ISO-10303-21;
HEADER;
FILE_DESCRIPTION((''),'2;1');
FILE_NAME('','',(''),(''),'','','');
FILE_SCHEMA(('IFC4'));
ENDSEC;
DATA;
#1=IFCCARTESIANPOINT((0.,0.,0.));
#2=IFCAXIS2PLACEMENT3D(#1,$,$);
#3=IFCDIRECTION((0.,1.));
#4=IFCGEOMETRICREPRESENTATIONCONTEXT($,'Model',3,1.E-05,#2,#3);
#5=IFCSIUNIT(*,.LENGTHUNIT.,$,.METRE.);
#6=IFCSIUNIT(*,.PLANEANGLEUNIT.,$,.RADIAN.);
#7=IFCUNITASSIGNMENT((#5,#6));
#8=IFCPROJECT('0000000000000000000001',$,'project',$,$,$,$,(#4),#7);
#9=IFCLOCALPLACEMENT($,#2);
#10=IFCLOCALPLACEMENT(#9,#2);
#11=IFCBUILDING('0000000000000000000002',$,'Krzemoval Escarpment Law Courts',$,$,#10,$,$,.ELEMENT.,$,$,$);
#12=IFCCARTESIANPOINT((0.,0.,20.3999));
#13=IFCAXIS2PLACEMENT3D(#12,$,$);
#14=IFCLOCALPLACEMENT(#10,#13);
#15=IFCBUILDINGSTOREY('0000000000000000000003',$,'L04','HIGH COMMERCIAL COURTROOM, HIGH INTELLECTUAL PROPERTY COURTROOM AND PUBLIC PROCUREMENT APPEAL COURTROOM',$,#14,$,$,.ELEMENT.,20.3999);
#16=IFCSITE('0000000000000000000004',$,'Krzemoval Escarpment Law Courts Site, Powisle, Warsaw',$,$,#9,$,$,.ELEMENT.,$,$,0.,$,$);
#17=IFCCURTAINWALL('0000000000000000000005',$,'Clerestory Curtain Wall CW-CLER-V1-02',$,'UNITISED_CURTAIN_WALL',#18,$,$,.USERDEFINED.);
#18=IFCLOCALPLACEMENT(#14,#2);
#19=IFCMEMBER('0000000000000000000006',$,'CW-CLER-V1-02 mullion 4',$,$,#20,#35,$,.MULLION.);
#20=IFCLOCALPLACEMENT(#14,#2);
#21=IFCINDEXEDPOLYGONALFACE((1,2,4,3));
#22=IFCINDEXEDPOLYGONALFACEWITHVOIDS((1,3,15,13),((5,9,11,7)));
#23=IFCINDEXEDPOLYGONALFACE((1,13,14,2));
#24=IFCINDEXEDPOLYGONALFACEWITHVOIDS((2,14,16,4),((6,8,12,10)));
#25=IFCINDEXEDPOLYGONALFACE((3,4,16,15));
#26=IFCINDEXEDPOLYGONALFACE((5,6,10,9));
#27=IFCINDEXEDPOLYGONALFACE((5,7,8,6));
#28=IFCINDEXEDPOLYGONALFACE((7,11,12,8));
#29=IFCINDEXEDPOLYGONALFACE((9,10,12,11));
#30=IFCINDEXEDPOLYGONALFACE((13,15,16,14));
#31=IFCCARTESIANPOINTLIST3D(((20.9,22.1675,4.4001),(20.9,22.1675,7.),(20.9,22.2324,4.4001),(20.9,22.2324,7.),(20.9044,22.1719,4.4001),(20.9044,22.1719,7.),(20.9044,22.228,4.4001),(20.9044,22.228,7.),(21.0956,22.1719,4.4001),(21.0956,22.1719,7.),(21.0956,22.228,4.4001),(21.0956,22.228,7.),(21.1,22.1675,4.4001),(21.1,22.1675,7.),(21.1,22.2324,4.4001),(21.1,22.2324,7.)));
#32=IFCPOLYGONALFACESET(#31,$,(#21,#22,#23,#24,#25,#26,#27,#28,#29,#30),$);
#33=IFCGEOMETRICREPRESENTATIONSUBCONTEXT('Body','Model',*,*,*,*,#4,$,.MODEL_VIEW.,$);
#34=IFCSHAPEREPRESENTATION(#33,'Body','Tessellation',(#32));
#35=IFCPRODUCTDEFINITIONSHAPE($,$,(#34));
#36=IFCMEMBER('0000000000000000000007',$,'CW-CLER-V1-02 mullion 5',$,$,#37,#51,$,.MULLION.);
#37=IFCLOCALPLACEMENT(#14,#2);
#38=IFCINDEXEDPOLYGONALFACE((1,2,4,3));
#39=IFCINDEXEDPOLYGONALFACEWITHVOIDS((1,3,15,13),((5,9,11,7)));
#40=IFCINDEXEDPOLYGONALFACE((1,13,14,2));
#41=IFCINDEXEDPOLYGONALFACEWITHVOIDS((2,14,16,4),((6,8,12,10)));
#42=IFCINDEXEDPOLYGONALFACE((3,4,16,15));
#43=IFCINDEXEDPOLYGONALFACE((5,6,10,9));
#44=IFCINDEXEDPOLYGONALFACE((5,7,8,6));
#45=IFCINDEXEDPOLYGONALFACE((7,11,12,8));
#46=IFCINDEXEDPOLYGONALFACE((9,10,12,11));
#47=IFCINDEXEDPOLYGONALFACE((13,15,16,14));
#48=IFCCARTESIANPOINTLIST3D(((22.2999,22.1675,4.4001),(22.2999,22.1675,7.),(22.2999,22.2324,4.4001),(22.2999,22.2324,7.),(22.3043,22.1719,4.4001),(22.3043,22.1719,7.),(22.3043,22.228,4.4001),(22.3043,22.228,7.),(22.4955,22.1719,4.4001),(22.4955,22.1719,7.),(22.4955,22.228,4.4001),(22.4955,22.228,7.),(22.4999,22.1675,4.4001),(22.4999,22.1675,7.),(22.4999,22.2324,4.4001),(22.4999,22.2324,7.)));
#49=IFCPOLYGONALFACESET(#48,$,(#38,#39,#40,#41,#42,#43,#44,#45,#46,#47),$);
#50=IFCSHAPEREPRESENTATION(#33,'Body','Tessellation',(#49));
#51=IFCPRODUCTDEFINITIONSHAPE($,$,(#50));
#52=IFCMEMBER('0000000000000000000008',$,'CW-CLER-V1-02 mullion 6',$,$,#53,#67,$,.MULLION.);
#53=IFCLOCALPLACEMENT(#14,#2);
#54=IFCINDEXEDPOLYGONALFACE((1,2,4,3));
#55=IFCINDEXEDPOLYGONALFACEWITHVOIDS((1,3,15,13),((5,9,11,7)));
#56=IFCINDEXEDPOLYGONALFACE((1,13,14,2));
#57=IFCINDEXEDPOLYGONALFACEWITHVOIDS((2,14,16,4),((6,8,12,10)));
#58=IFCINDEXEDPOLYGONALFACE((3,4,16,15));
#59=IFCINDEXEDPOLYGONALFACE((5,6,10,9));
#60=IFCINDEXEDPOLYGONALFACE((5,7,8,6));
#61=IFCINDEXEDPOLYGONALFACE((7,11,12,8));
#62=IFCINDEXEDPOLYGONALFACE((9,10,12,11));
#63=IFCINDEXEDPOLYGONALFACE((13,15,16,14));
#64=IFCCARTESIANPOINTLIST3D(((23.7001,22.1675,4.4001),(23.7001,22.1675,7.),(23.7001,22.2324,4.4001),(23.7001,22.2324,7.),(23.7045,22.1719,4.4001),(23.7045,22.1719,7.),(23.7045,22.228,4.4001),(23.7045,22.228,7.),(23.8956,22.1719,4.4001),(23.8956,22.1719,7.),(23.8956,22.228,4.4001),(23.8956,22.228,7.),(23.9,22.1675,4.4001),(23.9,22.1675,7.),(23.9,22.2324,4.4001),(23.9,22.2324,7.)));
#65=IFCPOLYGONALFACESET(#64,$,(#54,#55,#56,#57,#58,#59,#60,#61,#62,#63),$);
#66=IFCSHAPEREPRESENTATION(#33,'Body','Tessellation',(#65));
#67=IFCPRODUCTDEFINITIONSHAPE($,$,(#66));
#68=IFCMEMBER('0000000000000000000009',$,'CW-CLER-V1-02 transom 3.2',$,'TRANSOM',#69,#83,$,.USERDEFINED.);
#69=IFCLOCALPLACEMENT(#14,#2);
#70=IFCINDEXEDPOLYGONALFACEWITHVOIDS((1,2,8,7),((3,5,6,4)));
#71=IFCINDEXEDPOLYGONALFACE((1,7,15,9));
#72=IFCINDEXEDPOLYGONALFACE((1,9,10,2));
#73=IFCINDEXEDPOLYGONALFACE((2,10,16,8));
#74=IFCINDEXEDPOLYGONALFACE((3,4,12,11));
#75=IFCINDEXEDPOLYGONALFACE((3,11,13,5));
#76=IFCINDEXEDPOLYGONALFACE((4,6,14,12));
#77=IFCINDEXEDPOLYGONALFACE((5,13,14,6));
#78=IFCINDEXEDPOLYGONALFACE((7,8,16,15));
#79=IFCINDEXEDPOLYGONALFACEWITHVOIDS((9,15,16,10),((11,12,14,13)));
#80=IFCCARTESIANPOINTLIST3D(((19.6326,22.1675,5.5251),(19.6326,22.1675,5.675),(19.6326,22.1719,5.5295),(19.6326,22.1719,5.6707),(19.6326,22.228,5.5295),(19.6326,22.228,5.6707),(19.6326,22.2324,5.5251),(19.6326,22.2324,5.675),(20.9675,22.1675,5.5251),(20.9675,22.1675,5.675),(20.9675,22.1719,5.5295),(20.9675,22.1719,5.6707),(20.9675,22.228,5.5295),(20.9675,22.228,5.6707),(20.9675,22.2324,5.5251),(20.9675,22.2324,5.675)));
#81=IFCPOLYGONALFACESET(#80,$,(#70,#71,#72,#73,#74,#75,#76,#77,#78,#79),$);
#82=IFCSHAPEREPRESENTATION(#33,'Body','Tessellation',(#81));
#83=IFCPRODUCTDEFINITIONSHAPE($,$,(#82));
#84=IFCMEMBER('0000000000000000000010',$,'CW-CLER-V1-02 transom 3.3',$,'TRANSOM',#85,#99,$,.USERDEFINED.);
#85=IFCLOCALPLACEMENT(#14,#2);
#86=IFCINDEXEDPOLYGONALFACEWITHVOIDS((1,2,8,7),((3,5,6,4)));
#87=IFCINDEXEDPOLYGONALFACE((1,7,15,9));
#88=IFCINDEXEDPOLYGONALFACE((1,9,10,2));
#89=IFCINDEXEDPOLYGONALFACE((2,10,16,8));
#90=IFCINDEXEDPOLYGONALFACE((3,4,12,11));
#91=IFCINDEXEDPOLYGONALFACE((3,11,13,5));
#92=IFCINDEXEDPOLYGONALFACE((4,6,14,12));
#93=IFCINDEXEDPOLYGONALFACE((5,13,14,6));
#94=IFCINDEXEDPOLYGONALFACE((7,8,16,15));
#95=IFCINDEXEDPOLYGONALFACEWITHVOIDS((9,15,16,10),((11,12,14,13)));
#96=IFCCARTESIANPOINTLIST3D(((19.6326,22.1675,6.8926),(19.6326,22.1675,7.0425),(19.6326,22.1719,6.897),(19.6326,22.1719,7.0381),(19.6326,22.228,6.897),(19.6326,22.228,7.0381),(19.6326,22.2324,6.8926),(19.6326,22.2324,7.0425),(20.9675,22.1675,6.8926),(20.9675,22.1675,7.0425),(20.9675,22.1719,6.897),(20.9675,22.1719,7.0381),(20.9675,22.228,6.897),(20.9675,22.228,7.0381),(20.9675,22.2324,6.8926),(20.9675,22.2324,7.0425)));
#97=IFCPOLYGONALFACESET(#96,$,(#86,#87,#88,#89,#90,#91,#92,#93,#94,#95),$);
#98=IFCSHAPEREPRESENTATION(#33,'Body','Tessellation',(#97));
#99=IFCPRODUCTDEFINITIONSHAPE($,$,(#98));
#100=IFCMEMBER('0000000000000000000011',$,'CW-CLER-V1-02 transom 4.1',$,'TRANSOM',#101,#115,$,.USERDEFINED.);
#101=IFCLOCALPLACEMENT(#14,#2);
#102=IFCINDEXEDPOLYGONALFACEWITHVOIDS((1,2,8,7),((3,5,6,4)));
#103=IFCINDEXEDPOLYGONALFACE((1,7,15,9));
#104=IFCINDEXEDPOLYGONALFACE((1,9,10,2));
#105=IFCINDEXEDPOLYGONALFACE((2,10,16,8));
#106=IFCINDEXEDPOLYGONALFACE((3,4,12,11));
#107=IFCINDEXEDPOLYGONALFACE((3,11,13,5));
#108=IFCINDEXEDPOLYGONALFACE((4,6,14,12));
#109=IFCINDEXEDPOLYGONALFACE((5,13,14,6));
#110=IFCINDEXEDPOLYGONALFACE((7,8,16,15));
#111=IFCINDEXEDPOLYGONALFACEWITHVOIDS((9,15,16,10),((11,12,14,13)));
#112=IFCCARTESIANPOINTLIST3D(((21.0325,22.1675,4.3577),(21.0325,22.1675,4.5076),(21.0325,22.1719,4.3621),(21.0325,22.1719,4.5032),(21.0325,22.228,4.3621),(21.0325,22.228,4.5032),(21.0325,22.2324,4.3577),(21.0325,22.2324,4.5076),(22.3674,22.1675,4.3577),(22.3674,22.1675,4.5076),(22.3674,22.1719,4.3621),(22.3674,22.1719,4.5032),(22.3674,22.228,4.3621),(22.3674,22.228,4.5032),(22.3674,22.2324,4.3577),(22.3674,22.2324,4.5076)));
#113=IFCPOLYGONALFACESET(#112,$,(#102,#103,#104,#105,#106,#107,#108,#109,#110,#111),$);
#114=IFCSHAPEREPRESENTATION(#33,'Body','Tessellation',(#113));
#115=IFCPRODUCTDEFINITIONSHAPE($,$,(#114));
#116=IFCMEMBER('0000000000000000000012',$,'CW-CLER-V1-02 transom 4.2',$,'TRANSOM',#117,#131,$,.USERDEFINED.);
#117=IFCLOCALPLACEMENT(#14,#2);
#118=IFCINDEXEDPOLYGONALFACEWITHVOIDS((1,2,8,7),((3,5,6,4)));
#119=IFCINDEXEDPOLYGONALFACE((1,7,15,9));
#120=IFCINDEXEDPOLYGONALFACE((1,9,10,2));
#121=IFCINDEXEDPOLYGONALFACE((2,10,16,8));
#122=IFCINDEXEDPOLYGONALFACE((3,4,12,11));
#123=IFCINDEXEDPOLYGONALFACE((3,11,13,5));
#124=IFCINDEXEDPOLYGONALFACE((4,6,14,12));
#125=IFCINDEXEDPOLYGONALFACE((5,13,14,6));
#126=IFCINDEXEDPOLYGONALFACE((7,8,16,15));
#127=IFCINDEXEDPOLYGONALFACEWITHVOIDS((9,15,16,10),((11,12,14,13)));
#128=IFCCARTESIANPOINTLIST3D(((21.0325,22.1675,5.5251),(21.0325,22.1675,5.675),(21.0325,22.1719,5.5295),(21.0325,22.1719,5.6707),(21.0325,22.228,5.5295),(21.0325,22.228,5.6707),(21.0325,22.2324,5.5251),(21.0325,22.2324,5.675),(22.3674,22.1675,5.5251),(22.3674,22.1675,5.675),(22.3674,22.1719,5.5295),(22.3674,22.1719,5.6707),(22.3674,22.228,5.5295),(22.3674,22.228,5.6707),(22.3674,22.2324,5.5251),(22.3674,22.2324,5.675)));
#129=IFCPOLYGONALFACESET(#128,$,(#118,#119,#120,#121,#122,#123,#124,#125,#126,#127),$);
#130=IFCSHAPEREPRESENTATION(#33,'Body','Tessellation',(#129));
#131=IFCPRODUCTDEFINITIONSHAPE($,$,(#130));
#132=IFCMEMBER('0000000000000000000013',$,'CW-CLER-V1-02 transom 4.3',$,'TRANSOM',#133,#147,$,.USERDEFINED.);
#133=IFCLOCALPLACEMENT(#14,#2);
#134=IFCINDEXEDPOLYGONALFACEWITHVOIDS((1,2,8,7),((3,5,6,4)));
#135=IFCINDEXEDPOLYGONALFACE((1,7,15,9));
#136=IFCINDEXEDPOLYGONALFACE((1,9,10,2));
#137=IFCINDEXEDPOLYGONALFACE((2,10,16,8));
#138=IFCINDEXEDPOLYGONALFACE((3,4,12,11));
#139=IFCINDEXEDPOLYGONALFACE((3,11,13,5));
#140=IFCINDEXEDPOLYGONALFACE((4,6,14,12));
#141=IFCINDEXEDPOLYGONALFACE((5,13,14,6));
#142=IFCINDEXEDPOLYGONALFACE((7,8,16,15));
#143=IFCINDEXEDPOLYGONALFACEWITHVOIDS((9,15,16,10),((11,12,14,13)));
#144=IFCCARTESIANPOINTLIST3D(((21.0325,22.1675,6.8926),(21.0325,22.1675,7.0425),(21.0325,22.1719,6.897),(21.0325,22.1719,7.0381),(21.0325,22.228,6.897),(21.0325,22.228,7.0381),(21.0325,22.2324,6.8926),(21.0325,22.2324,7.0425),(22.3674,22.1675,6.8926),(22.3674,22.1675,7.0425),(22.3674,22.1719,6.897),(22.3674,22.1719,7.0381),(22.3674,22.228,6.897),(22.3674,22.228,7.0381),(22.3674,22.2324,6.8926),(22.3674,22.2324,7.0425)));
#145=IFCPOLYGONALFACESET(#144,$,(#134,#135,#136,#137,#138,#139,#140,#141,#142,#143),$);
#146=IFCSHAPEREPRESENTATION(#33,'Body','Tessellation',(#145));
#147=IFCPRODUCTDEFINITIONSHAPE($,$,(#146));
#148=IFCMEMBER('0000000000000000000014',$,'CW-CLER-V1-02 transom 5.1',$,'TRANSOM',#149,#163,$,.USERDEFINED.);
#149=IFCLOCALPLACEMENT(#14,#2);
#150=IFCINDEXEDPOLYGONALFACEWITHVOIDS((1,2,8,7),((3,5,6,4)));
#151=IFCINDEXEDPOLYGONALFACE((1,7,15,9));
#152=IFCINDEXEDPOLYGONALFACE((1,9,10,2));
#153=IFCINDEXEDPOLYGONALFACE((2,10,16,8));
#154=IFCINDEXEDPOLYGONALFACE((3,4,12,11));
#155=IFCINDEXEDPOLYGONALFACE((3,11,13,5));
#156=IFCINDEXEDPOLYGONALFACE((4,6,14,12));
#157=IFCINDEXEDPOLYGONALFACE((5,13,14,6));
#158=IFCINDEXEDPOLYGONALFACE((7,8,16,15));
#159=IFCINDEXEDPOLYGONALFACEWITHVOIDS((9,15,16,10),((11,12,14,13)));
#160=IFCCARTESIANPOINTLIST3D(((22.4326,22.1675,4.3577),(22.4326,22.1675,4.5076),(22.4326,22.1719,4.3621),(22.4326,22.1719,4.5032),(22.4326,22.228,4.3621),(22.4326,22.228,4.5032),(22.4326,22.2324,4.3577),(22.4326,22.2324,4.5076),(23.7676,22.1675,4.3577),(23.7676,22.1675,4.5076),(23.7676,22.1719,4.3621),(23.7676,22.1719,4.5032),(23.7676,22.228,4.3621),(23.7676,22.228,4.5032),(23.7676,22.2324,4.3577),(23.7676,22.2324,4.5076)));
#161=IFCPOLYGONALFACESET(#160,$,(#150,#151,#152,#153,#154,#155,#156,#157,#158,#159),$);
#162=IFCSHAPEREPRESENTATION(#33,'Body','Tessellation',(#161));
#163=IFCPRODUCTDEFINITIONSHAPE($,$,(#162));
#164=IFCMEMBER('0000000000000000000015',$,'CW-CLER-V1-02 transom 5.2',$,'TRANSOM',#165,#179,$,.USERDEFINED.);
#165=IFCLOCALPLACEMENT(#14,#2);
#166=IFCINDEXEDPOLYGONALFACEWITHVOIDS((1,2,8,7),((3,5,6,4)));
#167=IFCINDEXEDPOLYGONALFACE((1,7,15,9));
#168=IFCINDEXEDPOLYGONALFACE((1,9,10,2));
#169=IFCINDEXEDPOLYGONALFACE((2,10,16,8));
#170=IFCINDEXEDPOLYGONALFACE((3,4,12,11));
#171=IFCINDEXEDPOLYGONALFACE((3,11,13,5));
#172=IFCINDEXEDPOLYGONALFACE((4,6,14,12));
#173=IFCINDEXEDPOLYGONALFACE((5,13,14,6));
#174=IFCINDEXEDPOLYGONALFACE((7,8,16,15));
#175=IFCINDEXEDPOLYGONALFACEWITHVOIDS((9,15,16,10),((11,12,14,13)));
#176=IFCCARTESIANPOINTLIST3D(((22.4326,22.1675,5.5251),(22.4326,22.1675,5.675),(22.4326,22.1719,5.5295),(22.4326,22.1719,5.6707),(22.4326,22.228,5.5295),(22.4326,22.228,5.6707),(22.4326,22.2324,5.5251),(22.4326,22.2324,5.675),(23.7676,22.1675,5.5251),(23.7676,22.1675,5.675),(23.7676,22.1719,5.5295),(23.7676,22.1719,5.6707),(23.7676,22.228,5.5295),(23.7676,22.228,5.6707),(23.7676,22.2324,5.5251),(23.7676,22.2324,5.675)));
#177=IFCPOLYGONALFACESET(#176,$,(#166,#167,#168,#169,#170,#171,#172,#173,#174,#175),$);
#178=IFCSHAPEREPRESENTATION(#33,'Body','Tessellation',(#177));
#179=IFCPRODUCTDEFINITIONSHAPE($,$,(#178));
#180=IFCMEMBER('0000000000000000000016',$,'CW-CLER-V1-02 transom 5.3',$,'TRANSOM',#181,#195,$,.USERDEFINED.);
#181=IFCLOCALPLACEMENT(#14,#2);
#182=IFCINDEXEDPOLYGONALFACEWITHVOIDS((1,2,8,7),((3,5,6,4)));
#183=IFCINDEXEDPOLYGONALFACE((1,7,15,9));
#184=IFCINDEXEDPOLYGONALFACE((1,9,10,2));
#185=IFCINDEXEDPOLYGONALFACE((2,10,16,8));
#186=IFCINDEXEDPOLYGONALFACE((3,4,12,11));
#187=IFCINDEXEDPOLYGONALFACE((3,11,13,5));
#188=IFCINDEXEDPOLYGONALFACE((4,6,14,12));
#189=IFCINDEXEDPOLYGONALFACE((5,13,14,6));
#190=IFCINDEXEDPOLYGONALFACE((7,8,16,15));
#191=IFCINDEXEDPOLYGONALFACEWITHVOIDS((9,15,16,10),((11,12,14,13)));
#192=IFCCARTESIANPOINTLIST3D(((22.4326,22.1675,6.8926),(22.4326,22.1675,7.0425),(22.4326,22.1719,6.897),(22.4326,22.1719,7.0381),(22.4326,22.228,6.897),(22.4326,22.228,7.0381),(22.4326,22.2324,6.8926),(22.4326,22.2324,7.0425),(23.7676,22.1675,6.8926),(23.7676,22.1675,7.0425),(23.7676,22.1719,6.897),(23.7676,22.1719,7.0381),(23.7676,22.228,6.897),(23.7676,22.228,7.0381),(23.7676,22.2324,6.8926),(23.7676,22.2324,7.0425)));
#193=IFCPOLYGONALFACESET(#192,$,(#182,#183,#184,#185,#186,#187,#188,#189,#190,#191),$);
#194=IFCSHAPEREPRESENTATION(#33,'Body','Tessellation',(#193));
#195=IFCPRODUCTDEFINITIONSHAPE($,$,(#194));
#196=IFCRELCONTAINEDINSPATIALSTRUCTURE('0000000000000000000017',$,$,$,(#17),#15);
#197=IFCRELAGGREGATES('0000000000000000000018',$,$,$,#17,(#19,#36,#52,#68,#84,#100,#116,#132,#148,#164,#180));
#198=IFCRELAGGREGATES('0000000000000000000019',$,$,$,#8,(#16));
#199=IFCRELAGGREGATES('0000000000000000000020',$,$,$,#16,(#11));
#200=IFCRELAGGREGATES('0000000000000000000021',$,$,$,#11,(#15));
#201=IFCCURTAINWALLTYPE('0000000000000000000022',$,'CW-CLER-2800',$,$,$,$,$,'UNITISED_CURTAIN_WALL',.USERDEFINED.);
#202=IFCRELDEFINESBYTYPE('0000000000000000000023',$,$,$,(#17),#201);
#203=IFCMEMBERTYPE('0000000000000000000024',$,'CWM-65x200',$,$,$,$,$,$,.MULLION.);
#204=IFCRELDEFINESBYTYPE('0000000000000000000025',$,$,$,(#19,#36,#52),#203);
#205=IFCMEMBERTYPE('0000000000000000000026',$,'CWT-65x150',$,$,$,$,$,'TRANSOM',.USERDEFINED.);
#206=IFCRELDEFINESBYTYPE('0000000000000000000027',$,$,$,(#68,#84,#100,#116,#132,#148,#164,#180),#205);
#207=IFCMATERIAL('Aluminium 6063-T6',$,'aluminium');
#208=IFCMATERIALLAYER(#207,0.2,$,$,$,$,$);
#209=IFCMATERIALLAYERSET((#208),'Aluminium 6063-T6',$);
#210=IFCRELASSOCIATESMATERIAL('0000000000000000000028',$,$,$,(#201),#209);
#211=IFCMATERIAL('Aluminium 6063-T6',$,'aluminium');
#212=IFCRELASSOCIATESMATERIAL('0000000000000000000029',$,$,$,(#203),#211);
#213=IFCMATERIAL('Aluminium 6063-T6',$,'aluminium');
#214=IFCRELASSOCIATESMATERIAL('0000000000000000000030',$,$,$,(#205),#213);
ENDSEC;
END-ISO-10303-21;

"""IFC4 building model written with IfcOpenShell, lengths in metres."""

from ifc_helpers import new_model, si_unit, direction, frame, origin, origin_2d, place, context, subcontext, project, spatial, hollow_rectangle, extrude, material, layer, layer_set, material_profile, profile_set, type_object, element, aggregate, save


model = new_model("IFC4")

# Units and contexts
model_context = context("Model", 3, precision=1e-05, world=origin(), true_north=direction((0.0, 1.0)))
body_context = subcontext(model_context, "Body", "Model", "MODEL_VIEW")
ifc_project = project(units=[si_unit("LENGTHUNIT", "METRE"), si_unit("PLANEANGLEUNIT", "RADIAN")], contexts=[model_context])

# Site, building, storey
site_placement = place(None, origin())
site = spatial("IfcSite", under=ifc_project, at=site_placement, Name="Krzemoval Escarpment Law Courts Site, Powisle, Warsaw", CompositionType="ELEMENT", RefElevation=0.0)
building_placement = place(site_placement, origin())
building = spatial("IfcBuilding", under=site, at=building_placement, Name="Krzemoval Escarpment Law Courts", CompositionType="ELEMENT")
storey_placement = place(building_placement, frame((0.0, 0.0, 20.3999)))
storey = spatial("IfcBuildingStorey", under=building, at=storey_placement, Name="L04", Description="HIGH COMMERCIAL COURTROOM, HIGH INTELLECTUAL PROPERTY COURTROOM AND PUBLIC PROCUREMENT APPEAL COURTROOM", CompositionType="ELEMENT", Elevation=20.3999)

# Curtain wall, members
ifc_material_1 = material(Name="Aluminium 6063-T6", Category="aluminium")
ifc_layer_1 = layer(ifc_material_1, 0.2)
ifc_layer_set_1 = layer_set([ifc_layer_1], Name="Aluminium 6063-T6")
curtain_wall_type = type_object("IfcCurtainWallType", Name="CW-CLER-2800", ElementType="UNITISED_CURTAIN_WALL", PredefinedType="USERDEFINED", material=ifc_layer_set_1)
curtain_wall_placement = place(storey_placement, origin())
curtain_wall = element("IfcCurtainWall", 1, at=curtain_wall_placement, inside=storey, type_object=curtain_wall_type, Name="Clerestory Curtain Wall CW-CLER-V1-02", ObjectType="UNITISED_CURTAIN_WALL", PredefinedType="USERDEFINED")
ifc_material_2 = material(Name="Aluminium 6063-T6", Category="aluminium")
ifc_material_profile_1 = material_profile(ifc_material_2, hollow_rectangle(XDim=0.0649, YDim=0.2, WallThickness=0.0044, at=origin_2d()), Name="ALU M65x200")
ifc_profile_set_1 = profile_set([ifc_material_profile_1], Name="Aluminium 6063-T6")
member_type_1 = type_object("IfcMemberType", Name="CWM-65x200", PredefinedType="MULLION", material=ifc_profile_set_1)
member_1_placement = place(storey_placement, frame((21.0, 22.2, 4.4001), z_axis=(0.0, 0.0, 1.0), x_axis=(0.0, 1.0, 0.0)))
member_1 = element("IfcMember", 2, at=member_1_placement, type_object=member_type_1, Name="CW-CLER-V1-02 mullion 4", PredefinedType="MULLION", context=body_context, shape_type="SweptSolid", body=[
    extrude(hollow_rectangle(XDim=0.0649, YDim=0.2, WallThickness=0.0044, at=origin_2d()), origin(), (0.0, 0.0, 1.0), 2.5999),
])
member_2_placement = place(storey_placement, frame((22.3999, 22.2, 4.4001), z_axis=(0.0, 0.0, 1.0), x_axis=(0.0, 1.0, 0.0)))
member_2 = element("IfcMember", 3, at=member_2_placement, type_object=member_type_1, Name="CW-CLER-V1-02 mullion 5", PredefinedType="MULLION", context=body_context, shape_type="SweptSolid", body=[
    extrude(hollow_rectangle(XDim=0.0649, YDim=0.2, WallThickness=0.0044, at=origin_2d()), origin(), (0.0, 0.0, 1.0), 2.5999),
])
member_3_placement = place(storey_placement, frame((23.8, 22.2, 4.4001), z_axis=(0.0, 0.0, 1.0), x_axis=(0.0, 1.0, 0.0)))
member_3 = element("IfcMember", 4, at=member_3_placement, type_object=member_type_1, Name="CW-CLER-V1-02 mullion 6", PredefinedType="MULLION", context=body_context, shape_type="SweptSolid", body=[
    extrude(hollow_rectangle(XDim=0.0649, YDim=0.2, WallThickness=0.0044, at=origin_2d()), origin(), (0.0, 0.0, 1.0), 2.5999),
])
ifc_material_3 = material(Name="Aluminium 6063-T6", Category="aluminium")
ifc_material_profile_2 = material_profile(ifc_material_3, hollow_rectangle(XDim=0.0649, YDim=0.1499, WallThickness=0.0044, at=origin_2d()), Name="ALU T65x150")
ifc_profile_set_2 = profile_set([ifc_material_profile_2], Name="Aluminium 6063-T6")
member_type_2 = type_object("IfcMemberType", Name="CWT-65x150", ElementType="TRANSOM", PredefinedType="USERDEFINED", material=ifc_profile_set_2)
member_4_placement = place(storey_placement, frame((19.6326, 22.2, 5.6001), z_axis=(1.0, 0.0, 0.0), x_axis=(0.0, 1.0, 0.0)))
member_4 = element("IfcMember", 5, at=member_4_placement, type_object=member_type_2, Name="CW-CLER-V1-02 transom 3.2", ObjectType="TRANSOM", PredefinedType="USERDEFINED", context=body_context, shape_type="SweptSolid", body=[
    extrude(hollow_rectangle(XDim=0.0649, YDim=0.1499, WallThickness=0.0044, at=origin_2d()), origin(), (0.0, 0.0, 1.0), 1.335),
])
member_5_placement = place(storey_placement, frame((19.6326, 22.2, 6.9675), z_axis=(1.0, 0.0, 0.0), x_axis=(0.0, 1.0, 0.0)))
member_5 = element("IfcMember", 6, at=member_5_placement, type_object=member_type_2, Name="CW-CLER-V1-02 transom 3.3", ObjectType="TRANSOM", PredefinedType="USERDEFINED", context=body_context, shape_type="SweptSolid", body=[
    extrude(hollow_rectangle(XDim=0.0649, YDim=0.1499, WallThickness=0.0044, at=origin_2d()), origin(), (0.0, 0.0, 1.0), 1.335),
])
member_6_placement = place(storey_placement, frame((21.0325, 22.2, 4.4326), z_axis=(1.0, 0.0, 0.0), x_axis=(0.0, 1.0, 0.0)))
member_6 = element("IfcMember", 7, at=member_6_placement, type_object=member_type_2, Name="CW-CLER-V1-02 transom 4.1", ObjectType="TRANSOM", PredefinedType="USERDEFINED", context=body_context, shape_type="SweptSolid", body=[
    extrude(hollow_rectangle(XDim=0.0649, YDim=0.1499, WallThickness=0.0044, at=origin_2d()), origin(), (0.0, 0.0, 1.0), 1.335),
])
member_7_placement = place(storey_placement, frame((21.0325, 22.2, 5.6001), z_axis=(1.0, 0.0, 0.0), x_axis=(0.0, 1.0, 0.0)))
member_7 = element("IfcMember", 8, at=member_7_placement, type_object=member_type_2, Name="CW-CLER-V1-02 transom 4.2", ObjectType="TRANSOM", PredefinedType="USERDEFINED", context=body_context, shape_type="SweptSolid", body=[
    extrude(hollow_rectangle(XDim=0.0649, YDim=0.1499, WallThickness=0.0044, at=origin_2d()), origin(), (0.0, 0.0, 1.0), 1.335),
])
member_8_placement = place(storey_placement, frame((21.0325, 22.2, 6.9675), z_axis=(1.0, 0.0, 0.0), x_axis=(0.0, 1.0, 0.0)))
member_8 = element("IfcMember", 9, at=member_8_placement, type_object=member_type_2, Name="CW-CLER-V1-02 transom 4.3", ObjectType="TRANSOM", PredefinedType="USERDEFINED", context=body_context, shape_type="SweptSolid", body=[
    extrude(hollow_rectangle(XDim=0.0649, YDim=0.1499, WallThickness=0.0044, at=origin_2d()), origin(), (0.0, 0.0, 1.0), 1.335),
])
member_9_placement = place(storey_placement, frame((22.4326, 22.2, 4.4326), z_axis=(1.0, 0.0, 0.0), x_axis=(0.0, 1.0, 0.0)))
member_9 = element("IfcMember", 10, at=member_9_placement, type_object=member_type_2, Name="CW-CLER-V1-02 transom 5.1", ObjectType="TRANSOM", PredefinedType="USERDEFINED", context=body_context, shape_type="SweptSolid", body=[
    extrude(hollow_rectangle(XDim=0.0649, YDim=0.1499, WallThickness=0.0044, at=origin_2d()), origin(), (0.0, 0.0, 1.0), 1.335),
])
member_10_placement = place(storey_placement, frame((22.4326, 22.2, 5.6001), z_axis=(1.0, 0.0, 0.0), x_axis=(0.0, 1.0, 0.0)))
member_10 = element("IfcMember", 11, at=member_10_placement, type_object=member_type_2, Name="CW-CLER-V1-02 transom 5.2", ObjectType="TRANSOM", PredefinedType="USERDEFINED", context=body_context, shape_type="SweptSolid", body=[
    extrude(hollow_rectangle(XDim=0.0649, YDim=0.1499, WallThickness=0.0044, at=origin_2d()), origin(), (0.0, 0.0, 1.0), 1.335),
])
member_11_placement = place(storey_placement, frame((22.4326, 22.2, 6.9675), z_axis=(1.0, 0.0, 0.0), x_axis=(0.0, 1.0, 0.0)))
member_11 = element("IfcMember", 12, at=member_11_placement, type_object=member_type_2, Name="CW-CLER-V1-02 transom 5.3", ObjectType="TRANSOM", PredefinedType="USERDEFINED", context=body_context, shape_type="SweptSolid", body=[
    extrude(hollow_rectangle(XDim=0.0649, YDim=0.1499, WallThickness=0.0044, at=origin_2d()), origin(), (0.0, 0.0, 1.0), 1.335),
])
aggregate(curtain_wall, [member_1, member_2, member_3, member_4, member_5, member_6, member_7, member_8, member_9, member_10, member_11])

save(model, "model.ifc")
